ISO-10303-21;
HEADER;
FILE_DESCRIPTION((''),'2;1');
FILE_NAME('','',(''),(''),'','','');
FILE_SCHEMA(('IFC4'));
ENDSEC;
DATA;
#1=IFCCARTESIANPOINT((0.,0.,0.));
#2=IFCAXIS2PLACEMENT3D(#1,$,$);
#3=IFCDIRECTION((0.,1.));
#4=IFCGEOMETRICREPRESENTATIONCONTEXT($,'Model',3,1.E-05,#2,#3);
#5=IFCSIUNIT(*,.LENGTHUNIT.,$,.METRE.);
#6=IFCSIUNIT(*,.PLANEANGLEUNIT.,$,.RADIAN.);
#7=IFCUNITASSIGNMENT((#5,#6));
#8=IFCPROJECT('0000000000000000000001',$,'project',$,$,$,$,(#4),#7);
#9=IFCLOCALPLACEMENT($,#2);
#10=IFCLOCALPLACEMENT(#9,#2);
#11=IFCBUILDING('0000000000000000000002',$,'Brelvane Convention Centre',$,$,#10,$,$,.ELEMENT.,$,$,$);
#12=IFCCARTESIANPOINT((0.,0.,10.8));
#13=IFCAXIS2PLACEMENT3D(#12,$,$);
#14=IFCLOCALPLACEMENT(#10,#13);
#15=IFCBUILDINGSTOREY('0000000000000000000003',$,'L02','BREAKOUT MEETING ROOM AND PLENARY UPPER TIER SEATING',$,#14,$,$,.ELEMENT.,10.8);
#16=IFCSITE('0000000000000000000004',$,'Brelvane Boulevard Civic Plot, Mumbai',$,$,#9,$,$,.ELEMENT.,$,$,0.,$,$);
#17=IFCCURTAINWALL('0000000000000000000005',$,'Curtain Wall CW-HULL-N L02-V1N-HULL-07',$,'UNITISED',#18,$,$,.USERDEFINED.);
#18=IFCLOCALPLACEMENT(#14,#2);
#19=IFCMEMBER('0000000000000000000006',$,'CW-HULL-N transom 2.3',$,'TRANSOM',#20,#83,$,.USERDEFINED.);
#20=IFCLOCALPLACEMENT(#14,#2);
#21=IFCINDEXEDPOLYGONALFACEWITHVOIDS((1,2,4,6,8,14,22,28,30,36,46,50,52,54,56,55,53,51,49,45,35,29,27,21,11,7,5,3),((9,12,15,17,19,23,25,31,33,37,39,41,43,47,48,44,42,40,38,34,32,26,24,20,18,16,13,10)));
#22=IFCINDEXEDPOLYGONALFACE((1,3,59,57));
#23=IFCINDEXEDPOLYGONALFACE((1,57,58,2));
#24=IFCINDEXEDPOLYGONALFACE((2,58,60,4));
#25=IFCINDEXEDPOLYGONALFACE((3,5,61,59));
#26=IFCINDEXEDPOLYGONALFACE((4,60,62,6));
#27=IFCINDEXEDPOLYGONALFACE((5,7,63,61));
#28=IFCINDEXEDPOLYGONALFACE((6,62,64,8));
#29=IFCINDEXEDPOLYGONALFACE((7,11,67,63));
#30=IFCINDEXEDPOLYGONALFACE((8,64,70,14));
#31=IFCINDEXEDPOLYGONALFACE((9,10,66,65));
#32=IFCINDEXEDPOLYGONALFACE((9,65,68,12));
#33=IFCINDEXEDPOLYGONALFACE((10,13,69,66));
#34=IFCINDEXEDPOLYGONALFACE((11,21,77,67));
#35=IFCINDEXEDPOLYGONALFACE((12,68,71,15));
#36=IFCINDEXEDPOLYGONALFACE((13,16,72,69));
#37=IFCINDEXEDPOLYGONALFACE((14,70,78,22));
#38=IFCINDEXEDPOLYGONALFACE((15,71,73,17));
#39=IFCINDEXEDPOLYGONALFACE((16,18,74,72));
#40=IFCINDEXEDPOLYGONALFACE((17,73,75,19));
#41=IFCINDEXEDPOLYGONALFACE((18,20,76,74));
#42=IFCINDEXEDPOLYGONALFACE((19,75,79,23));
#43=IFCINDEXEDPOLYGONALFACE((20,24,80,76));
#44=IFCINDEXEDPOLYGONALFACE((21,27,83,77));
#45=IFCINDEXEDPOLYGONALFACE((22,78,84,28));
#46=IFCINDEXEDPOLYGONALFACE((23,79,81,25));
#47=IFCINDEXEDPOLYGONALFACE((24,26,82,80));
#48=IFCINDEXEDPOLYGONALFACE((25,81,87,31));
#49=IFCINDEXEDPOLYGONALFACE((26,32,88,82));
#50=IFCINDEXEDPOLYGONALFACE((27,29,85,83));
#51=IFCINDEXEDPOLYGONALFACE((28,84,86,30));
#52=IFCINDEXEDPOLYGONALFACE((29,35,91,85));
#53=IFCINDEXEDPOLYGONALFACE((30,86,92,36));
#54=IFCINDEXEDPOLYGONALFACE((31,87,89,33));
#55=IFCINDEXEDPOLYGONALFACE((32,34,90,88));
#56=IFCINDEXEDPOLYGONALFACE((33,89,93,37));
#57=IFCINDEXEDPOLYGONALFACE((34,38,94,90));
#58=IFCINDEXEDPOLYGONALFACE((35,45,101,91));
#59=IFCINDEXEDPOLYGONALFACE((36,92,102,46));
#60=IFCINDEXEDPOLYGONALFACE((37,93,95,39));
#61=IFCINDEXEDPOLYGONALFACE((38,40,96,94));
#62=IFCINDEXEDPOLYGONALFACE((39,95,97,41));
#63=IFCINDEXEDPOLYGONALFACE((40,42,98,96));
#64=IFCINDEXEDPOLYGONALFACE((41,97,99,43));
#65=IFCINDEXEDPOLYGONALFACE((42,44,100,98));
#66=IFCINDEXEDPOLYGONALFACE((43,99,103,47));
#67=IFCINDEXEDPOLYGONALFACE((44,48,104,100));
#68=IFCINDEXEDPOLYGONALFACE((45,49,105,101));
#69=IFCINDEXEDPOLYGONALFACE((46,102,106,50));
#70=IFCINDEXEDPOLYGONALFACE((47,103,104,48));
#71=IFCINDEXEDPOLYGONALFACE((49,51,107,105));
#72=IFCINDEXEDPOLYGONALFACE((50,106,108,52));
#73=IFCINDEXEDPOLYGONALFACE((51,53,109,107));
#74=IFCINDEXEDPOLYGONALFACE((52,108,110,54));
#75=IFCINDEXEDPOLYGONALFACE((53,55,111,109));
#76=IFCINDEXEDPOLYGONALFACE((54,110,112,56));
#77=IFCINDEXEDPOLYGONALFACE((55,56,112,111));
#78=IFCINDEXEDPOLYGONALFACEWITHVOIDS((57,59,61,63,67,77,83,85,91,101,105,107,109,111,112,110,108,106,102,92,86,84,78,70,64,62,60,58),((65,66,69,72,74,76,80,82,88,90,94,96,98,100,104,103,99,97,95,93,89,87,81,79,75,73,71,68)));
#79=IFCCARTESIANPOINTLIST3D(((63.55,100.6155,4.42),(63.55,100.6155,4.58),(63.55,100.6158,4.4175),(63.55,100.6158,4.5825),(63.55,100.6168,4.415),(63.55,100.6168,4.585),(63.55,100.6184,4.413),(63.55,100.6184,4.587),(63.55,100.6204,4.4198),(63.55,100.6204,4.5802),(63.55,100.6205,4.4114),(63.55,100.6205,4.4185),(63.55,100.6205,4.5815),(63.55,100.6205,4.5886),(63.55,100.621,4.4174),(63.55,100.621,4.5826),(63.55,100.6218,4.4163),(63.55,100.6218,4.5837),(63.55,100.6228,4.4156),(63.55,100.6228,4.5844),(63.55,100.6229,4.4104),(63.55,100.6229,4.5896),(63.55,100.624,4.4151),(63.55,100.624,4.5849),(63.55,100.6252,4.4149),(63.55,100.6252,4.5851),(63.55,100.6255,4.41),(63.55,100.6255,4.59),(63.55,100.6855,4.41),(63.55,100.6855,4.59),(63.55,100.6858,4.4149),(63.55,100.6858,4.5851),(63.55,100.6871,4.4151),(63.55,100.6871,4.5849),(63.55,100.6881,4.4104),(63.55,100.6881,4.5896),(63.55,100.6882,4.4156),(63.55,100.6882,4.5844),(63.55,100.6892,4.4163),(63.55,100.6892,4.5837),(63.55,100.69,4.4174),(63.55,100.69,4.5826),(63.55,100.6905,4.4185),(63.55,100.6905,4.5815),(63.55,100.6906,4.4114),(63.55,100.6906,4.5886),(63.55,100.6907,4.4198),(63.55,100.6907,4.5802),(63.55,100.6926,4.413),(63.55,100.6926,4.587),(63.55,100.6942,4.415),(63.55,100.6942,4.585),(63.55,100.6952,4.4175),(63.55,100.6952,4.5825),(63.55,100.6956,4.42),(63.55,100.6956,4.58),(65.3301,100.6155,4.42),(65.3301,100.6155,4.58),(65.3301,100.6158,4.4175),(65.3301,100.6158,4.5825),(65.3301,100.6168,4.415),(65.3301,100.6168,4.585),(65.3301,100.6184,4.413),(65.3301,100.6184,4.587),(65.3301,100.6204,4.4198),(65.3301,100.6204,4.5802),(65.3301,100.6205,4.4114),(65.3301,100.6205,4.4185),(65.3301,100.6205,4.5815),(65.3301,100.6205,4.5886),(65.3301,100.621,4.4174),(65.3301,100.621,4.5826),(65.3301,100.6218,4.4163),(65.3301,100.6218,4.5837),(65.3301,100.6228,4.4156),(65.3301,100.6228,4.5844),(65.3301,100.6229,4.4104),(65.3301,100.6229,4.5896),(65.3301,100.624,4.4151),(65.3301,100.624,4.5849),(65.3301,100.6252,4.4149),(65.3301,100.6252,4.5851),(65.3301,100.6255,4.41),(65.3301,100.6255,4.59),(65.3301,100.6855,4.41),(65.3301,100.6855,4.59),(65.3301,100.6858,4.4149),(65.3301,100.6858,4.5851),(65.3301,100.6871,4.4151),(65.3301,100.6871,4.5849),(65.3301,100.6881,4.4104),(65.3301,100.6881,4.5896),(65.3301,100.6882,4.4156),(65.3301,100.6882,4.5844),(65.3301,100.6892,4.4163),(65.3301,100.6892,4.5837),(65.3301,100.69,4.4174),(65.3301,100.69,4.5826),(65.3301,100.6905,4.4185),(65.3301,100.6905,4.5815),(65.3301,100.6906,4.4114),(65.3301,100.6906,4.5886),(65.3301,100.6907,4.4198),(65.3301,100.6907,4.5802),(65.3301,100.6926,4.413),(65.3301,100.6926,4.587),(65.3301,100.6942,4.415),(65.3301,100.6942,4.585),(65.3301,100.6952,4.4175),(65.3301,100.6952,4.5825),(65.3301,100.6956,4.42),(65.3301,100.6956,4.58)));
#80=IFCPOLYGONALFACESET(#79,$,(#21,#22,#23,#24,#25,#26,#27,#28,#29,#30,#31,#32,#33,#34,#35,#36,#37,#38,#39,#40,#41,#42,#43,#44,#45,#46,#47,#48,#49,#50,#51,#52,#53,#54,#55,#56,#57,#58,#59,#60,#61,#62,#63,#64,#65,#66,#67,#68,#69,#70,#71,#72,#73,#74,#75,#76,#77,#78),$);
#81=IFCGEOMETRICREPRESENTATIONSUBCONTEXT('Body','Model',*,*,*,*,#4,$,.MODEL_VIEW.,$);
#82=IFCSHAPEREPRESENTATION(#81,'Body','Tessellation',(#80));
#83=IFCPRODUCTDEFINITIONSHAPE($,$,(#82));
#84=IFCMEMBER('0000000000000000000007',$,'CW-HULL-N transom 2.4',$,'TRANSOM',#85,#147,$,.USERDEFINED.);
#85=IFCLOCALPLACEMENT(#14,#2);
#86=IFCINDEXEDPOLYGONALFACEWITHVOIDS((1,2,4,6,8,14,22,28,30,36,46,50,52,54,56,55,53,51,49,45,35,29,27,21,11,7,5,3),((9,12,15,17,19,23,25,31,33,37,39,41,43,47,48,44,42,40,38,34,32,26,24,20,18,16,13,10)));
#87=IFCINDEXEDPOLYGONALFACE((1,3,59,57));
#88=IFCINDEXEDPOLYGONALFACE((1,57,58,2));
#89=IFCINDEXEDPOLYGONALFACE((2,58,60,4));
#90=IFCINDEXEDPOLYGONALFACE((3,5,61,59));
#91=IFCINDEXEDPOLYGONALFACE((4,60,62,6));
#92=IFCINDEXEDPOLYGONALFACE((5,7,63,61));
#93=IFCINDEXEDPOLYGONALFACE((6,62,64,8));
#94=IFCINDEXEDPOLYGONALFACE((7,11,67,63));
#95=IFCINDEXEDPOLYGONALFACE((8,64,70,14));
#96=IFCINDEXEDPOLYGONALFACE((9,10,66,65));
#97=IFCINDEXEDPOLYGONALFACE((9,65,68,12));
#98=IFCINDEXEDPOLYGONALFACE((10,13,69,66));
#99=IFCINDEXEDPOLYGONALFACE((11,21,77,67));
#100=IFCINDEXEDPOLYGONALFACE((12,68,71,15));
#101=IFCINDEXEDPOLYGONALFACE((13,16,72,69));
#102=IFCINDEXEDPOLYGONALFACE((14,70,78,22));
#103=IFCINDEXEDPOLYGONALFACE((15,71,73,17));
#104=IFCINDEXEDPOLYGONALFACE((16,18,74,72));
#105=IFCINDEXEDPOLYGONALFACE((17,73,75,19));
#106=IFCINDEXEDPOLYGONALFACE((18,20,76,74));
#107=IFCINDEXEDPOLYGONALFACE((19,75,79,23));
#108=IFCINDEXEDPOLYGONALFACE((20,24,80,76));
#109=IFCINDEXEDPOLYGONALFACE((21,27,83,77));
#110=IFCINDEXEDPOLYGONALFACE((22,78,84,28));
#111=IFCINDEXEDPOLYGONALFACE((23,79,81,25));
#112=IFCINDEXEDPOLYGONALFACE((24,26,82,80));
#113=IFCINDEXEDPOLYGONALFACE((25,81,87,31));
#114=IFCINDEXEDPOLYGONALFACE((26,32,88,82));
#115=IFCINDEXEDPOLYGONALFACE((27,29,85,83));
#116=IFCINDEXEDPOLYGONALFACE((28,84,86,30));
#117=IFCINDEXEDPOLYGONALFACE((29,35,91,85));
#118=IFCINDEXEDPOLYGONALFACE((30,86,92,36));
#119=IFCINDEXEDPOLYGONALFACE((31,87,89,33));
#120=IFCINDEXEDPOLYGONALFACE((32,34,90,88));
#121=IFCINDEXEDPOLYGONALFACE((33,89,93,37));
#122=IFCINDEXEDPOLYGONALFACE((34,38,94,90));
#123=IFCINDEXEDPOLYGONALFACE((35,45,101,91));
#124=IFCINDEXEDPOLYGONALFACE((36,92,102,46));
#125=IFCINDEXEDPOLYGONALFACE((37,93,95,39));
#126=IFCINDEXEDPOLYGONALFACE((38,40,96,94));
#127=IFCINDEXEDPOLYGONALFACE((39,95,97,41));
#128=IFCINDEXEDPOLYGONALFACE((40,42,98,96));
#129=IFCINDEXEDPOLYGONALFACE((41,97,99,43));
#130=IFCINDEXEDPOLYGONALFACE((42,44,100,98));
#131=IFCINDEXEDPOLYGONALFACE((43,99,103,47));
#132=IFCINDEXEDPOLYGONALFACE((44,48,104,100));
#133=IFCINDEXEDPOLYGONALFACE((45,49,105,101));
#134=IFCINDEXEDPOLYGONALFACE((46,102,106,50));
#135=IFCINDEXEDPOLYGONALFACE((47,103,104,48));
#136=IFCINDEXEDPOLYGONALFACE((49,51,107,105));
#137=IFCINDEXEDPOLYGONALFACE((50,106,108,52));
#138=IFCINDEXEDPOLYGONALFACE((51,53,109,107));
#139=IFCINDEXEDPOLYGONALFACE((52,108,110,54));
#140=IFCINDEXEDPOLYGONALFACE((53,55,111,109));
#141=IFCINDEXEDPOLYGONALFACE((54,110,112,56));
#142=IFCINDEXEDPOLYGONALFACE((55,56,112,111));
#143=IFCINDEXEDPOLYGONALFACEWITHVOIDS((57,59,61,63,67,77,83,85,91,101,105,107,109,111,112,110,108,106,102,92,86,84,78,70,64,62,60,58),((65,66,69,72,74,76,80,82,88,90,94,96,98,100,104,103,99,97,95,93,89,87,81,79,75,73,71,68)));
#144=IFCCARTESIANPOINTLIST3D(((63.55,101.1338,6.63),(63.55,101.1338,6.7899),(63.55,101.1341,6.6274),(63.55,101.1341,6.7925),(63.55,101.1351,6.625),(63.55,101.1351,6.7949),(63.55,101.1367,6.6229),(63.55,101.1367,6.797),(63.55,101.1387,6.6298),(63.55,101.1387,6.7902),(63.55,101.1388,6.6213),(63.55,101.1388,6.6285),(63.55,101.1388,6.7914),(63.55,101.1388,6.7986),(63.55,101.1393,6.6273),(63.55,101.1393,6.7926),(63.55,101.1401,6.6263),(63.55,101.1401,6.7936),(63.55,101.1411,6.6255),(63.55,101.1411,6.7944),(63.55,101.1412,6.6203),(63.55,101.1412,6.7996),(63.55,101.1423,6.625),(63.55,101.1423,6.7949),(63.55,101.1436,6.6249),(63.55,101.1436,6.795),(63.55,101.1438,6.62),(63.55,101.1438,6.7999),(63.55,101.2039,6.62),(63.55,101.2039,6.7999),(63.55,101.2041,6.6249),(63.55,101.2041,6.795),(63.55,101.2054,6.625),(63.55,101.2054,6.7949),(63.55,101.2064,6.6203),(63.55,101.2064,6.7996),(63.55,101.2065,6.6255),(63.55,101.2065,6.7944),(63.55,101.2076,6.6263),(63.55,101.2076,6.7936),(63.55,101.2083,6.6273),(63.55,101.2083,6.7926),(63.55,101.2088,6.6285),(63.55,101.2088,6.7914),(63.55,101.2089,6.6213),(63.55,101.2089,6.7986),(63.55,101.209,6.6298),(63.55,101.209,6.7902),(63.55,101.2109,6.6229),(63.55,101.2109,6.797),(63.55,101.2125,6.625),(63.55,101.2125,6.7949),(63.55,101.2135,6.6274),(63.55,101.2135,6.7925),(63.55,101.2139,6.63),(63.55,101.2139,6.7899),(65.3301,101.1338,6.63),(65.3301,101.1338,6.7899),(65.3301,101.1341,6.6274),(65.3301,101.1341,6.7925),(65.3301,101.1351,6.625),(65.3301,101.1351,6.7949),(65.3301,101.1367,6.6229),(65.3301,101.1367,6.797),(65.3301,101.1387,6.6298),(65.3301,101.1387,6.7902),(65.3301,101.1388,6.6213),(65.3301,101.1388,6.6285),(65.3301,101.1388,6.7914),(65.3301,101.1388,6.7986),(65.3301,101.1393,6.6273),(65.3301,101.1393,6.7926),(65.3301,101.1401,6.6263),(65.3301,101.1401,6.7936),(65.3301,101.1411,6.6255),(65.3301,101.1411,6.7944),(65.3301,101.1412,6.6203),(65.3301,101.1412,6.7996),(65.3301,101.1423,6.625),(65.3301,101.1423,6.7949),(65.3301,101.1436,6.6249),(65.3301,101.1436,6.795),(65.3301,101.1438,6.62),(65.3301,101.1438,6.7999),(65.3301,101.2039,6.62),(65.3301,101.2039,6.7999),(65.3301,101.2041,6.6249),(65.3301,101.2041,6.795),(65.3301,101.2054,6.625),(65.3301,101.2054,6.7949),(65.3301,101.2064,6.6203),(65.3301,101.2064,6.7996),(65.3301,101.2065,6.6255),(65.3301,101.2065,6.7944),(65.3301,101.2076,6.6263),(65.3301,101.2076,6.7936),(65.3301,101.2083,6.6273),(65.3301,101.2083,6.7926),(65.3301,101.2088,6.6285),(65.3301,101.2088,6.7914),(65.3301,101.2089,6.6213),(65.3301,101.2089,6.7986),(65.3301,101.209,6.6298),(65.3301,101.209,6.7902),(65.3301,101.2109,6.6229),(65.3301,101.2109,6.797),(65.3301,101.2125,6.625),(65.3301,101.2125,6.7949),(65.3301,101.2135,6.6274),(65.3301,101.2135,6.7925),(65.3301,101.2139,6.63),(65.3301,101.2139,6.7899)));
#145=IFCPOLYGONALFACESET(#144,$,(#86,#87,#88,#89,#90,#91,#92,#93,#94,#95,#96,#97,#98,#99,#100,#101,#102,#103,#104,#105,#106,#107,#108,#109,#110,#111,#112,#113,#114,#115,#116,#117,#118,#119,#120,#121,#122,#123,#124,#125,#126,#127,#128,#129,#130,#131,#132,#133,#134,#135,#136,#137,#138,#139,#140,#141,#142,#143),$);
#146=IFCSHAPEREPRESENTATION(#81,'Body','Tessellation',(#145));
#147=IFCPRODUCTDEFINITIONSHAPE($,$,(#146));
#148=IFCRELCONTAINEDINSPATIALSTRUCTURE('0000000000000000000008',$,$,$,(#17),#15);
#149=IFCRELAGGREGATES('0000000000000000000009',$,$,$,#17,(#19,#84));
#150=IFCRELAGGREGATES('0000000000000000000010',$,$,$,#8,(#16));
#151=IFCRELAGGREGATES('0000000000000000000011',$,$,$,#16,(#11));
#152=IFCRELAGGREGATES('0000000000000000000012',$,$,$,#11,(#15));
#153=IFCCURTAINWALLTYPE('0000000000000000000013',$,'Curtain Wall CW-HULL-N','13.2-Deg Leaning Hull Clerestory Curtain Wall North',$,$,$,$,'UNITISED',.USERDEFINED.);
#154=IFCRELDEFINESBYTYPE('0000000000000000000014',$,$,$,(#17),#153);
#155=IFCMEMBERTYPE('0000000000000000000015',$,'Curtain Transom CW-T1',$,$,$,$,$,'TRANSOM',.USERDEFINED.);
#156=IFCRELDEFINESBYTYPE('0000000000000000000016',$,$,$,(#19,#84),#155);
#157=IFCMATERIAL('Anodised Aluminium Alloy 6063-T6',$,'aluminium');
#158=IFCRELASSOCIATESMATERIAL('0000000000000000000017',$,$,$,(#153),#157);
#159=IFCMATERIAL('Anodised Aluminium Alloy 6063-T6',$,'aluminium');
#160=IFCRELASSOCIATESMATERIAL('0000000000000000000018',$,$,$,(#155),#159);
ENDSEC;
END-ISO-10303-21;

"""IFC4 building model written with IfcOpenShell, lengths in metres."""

from ifc_helpers import new_model, si_unit, direction, frame, origin, origin_2d, place, context, subcontext, project, spatial, hollow_rectangle, extrude, material, material_profile, profile_set, type_object, element, aggregate, save


model = new_model("IFC4")

# Units and contexts
model_context = context("Model", 3, precision=1e-05, world=origin(), true_north=direction((0.0, 1.0)))
body_context = subcontext(model_context, "Body", "Model", "MODEL_VIEW")
ifc_project = project(units=[si_unit("LENGTHUNIT", "METRE"), si_unit("PLANEANGLEUNIT", "RADIAN")], contexts=[model_context])

# Site, building, storey
site_placement = place(None, origin())
site = spatial("IfcSite", under=ifc_project, at=site_placement, Name="Brelvane Boulevard Civic Plot, Mumbai", CompositionType="ELEMENT", RefElevation=0.0)
building_placement = place(site_placement, origin())
building = spatial("IfcBuilding", under=site, at=building_placement, Name="Brelvane Convention Centre", CompositionType="ELEMENT")
storey_placement = place(building_placement, frame((0.0, 0.0, 10.8)))
storey = spatial("IfcBuildingStorey", under=building, at=storey_placement, Name="L02", Description="BREAKOUT MEETING ROOM AND PLENARY UPPER TIER SEATING", CompositionType="ELEMENT", Elevation=10.8)

# Curtain wall, members
ifc_material_1 = material(Name="Anodised Aluminium Alloy 6063-T6", Category="aluminium")
curtain_wall_type_1 = type_object("IfcCurtainWallType", Name="Curtain Wall CW-HULL-N", Description="13.2-Deg Leaning Hull Clerestory Curtain Wall North", ElementType="UNITISED", PredefinedType="USERDEFINED", material=ifc_material_1)
curtain_wall_1_placement = place(storey_placement, origin())
curtain_wall_1 = element("IfcCurtainWall", 1, at=curtain_wall_1_placement, inside=storey, type_object=curtain_wall_type_1, Name="Curtain Wall CW-HULL-N L02-V1N-HULL-07", ObjectType="UNITISED", PredefinedType="USERDEFINED")
ifc_material_2 = material(Name="Anodised Aluminium Alloy 6063-T6", Category="aluminium")
ifc_material_profile_1 = material_profile(ifc_material_2, hollow_rectangle(XDim=0.0801, YDim=0.1799, WallThickness=0.0049, InnerFilletRadius=0.0049, OuterFilletRadius=0.01, at=origin_2d()), Name="ALU-T 180x80x5.0")
ifc_profile_set_1 = profile_set([ifc_material_profile_1], Name="Anodised Aluminium Alloy 6063-T6")
member_type_1 = type_object("IfcMemberType", Name="Curtain Transom CW-T1", ElementType="TRANSOM", PredefinedType="USERDEFINED", material=ifc_profile_set_1)
member_1_placement = place(storey_placement, frame((63.55, 100.6555, 4.5), z_axis=(1.0, 0.0, 0.0), x_axis=(0.0, 1.0, 0.0)))
member_1 = element("IfcMember", 2, at=member_1_placement, type_object=member_type_1, Name="CW-HULL-N transom 2.3", ObjectType="TRANSOM", PredefinedType="USERDEFINED", context=body_context, shape_type="SweptSolid", body=[
    extrude(hollow_rectangle(XDim=0.0801, YDim=0.1799, WallThickness=0.0049, InnerFilletRadius=0.0049, OuterFilletRadius=0.01, at=origin_2d()), origin(), (0.0, 0.0, 1.0), 1.78),
])
member_2_placement = place(storey_placement, frame((63.55, 101.1738, 6.71), z_axis=(1.0, 0.0, 0.0), x_axis=(0.0, 1.0, 0.0)))
member_2 = element("IfcMember", 3, at=member_2_placement, type_object=member_type_1, Name="CW-HULL-N transom 2.4", ObjectType="TRANSOM", PredefinedType="USERDEFINED", context=body_context, shape_type="SweptSolid", body=[
    extrude(hollow_rectangle(XDim=0.0801, YDim=0.1799, WallThickness=0.0049, InnerFilletRadius=0.0049, OuterFilletRadius=0.01, at=origin_2d()), origin(), (0.0, 0.0, 1.0), 1.78),
])

aggregate(curtain_wall_1, [member_1, member_2])

save(model, "model.ifc")
